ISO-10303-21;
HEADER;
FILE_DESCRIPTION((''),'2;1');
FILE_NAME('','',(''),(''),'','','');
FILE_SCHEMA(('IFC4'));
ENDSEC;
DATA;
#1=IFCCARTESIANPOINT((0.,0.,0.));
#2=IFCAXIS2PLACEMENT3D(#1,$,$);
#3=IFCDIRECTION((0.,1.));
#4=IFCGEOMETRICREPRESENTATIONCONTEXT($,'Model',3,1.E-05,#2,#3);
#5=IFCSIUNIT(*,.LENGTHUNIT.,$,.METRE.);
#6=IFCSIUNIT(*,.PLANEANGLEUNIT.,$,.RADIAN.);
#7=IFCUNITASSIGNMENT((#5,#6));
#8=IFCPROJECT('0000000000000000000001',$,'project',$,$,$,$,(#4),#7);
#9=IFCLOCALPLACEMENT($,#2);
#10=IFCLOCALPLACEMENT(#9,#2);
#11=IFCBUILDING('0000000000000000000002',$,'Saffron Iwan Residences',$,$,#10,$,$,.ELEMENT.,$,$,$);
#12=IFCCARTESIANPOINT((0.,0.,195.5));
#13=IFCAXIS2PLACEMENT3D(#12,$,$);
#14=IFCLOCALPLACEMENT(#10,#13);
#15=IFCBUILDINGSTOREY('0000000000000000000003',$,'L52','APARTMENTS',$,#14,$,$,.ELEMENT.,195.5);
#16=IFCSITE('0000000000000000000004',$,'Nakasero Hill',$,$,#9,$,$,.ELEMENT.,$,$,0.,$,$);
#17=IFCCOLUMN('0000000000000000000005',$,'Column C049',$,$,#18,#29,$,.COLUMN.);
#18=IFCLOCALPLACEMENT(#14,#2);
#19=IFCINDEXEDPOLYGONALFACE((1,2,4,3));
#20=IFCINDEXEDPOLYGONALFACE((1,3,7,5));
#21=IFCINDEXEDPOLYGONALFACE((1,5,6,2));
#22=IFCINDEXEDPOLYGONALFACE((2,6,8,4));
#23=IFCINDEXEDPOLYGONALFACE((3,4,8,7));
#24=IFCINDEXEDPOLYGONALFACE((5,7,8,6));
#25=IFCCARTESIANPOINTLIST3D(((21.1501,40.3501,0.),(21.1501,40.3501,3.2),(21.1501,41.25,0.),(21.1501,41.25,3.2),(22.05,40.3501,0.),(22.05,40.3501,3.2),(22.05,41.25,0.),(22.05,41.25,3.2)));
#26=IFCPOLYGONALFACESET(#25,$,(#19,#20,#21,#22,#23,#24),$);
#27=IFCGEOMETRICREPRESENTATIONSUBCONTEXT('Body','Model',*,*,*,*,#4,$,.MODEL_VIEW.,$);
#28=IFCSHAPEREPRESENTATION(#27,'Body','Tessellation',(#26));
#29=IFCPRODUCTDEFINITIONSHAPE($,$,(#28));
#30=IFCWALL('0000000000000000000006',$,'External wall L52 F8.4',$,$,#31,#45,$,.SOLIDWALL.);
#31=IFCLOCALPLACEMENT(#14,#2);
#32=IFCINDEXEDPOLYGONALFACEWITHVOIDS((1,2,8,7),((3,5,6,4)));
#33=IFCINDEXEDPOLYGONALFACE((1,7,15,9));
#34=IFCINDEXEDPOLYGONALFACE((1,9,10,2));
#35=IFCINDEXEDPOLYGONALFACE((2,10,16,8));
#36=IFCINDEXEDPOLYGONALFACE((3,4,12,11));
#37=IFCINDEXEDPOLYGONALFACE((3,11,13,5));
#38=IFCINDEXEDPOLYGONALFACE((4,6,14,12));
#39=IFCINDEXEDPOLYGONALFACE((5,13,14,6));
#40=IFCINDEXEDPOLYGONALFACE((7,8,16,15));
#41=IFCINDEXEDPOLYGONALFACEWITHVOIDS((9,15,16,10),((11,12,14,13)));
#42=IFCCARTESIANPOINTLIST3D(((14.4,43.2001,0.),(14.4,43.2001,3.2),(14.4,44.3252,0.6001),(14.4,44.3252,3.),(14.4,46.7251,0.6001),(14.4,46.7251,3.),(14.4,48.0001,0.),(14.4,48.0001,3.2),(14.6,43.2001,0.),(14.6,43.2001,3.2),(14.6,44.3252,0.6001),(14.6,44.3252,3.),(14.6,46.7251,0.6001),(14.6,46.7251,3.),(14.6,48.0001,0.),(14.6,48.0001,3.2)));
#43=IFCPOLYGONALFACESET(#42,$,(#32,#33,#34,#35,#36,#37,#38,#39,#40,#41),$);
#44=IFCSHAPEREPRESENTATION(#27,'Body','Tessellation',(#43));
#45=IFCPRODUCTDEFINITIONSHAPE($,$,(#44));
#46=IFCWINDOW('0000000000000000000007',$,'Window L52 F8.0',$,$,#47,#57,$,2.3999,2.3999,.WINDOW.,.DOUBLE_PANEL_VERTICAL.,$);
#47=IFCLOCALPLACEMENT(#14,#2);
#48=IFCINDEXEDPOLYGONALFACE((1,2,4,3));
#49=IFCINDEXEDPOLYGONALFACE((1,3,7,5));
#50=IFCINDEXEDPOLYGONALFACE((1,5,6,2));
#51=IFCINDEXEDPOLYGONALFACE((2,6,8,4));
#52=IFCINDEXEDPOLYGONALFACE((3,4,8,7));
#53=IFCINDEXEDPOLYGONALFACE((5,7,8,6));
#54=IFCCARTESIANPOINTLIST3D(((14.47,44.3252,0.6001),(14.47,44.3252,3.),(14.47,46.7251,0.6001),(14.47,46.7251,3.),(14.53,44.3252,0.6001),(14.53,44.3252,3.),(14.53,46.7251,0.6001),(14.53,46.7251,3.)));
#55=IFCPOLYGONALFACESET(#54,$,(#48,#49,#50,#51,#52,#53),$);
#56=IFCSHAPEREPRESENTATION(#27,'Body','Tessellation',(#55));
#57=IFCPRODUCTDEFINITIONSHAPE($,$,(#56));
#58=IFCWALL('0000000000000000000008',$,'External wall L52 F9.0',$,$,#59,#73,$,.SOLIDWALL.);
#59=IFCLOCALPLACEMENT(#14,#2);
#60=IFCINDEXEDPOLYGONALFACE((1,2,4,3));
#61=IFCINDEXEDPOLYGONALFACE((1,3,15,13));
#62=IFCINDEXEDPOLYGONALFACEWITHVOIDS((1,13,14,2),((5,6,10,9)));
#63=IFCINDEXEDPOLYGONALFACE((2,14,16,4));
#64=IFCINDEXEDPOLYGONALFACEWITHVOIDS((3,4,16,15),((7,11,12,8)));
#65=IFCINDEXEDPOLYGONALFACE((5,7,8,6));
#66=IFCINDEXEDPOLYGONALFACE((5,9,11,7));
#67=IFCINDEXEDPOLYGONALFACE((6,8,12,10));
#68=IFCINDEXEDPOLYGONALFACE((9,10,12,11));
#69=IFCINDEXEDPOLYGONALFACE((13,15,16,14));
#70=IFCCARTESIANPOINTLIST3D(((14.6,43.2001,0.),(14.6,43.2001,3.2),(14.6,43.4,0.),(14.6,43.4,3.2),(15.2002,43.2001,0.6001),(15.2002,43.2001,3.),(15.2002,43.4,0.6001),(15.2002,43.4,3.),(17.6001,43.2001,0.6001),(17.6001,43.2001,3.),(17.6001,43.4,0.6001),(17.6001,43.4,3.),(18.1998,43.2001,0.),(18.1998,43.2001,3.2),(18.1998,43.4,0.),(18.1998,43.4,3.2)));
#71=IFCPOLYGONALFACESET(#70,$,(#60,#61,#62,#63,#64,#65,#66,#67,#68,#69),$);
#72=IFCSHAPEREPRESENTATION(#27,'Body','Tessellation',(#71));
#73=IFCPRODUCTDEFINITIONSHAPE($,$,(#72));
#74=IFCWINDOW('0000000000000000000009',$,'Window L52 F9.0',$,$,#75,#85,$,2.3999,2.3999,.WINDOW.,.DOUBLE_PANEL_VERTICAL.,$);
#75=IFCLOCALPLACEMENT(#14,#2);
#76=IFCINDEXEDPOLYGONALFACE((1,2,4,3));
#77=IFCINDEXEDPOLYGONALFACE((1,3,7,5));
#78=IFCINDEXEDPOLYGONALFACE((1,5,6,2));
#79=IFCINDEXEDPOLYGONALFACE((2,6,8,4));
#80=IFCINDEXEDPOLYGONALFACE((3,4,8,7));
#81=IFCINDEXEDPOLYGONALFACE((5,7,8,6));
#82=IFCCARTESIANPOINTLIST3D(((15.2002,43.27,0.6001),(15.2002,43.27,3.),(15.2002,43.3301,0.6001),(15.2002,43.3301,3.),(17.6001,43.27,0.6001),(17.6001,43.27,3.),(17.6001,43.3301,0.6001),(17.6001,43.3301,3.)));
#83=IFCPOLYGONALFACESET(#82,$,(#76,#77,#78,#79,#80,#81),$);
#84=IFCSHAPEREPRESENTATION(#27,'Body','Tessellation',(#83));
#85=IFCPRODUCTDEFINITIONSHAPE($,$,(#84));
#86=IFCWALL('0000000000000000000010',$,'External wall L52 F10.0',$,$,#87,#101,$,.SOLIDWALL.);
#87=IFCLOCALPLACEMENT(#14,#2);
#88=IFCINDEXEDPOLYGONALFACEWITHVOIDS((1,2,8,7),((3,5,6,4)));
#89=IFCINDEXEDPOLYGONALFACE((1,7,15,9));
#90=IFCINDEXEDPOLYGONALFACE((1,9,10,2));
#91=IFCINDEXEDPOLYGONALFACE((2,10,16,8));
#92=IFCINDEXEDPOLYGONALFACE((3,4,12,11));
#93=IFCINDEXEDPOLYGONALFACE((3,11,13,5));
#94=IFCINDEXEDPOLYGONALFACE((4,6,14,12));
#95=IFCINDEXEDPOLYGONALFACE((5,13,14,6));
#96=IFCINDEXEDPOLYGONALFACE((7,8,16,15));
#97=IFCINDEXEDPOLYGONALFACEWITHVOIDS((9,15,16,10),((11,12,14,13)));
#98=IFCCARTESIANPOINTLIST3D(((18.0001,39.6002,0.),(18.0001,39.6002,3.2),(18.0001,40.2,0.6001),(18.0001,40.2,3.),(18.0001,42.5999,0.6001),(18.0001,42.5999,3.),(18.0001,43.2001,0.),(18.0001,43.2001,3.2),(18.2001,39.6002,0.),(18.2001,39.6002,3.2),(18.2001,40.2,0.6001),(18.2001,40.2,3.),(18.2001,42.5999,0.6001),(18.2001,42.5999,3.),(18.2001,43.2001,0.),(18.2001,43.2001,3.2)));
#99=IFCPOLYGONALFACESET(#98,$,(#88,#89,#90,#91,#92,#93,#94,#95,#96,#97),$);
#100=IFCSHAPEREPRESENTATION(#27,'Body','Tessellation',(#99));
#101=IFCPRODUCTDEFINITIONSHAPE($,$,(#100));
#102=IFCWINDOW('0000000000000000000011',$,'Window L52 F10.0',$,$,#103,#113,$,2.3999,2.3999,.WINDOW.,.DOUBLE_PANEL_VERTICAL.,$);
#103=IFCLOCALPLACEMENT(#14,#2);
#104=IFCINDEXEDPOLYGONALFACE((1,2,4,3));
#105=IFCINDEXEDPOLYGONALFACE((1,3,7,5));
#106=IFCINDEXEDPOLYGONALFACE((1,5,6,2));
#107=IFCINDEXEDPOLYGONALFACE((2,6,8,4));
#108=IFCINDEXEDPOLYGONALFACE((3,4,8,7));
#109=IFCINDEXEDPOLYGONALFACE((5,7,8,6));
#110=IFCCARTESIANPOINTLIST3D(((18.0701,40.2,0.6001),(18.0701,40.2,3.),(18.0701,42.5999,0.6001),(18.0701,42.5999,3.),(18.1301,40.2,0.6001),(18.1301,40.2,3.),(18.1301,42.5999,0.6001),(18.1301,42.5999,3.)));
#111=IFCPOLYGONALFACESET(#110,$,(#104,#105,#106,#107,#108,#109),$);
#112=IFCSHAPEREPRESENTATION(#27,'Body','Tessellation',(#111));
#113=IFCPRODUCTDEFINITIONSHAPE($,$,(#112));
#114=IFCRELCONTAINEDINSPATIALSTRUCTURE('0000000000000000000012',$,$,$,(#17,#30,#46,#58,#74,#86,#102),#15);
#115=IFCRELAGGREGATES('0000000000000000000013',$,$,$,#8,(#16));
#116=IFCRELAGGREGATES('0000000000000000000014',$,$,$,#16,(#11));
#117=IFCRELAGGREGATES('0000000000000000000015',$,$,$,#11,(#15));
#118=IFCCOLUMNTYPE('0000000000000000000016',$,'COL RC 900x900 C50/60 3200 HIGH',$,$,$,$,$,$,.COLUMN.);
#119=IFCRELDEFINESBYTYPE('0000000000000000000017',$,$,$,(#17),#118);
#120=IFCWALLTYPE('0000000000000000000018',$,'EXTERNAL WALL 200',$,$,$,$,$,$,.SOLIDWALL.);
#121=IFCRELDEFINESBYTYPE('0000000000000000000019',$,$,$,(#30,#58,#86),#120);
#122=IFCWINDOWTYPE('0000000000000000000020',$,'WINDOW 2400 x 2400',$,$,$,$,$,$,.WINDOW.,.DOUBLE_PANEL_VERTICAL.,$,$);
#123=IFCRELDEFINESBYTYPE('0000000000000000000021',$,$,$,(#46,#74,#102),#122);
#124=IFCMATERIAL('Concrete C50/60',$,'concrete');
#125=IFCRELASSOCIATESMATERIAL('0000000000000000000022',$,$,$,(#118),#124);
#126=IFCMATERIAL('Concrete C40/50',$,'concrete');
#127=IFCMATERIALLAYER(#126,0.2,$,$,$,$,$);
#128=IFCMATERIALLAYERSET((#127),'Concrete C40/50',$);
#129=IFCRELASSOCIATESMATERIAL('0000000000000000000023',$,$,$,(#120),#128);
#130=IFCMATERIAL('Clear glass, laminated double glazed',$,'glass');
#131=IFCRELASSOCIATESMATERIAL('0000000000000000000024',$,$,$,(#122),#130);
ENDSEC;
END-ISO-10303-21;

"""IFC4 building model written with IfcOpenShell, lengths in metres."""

from ifc_helpers import new_model, si_unit, direction, frame, frame_2d, origin, origin_2d, place, context, subcontext, project, spatial, rectangle, extrude, source, transform, mapped, material, layer, layer_set, material_profile, profile_set, type_object, element, fill, save


model = new_model("IFC4")

# Units and contexts
model_context = context("Model", 3, precision=1e-05, world=origin(), true_north=direction((0.0, 1.0)))
body_context = subcontext(model_context, "Body", "Model", "MODEL_VIEW")
ifc_project = project(units=[si_unit("LENGTHUNIT", "METRE"), si_unit("PLANEANGLEUNIT", "RADIAN")], contexts=[model_context])

# Site, building, storey
site_placement = place(None, origin())
site = spatial("IfcSite", under=ifc_project, at=site_placement, Name="Nakasero Hill", CompositionType="ELEMENT", RefElevation=0.0)
building_placement = place(site_placement, origin())
building = spatial("IfcBuilding", under=site, at=building_placement, Name="Saffron Iwan Residences", CompositionType="ELEMENT")
storey_placement = place(building_placement, frame((0.0, 0.0, 195.5)))
storey = spatial("IfcBuildingStorey", under=building, at=storey_placement, Name="L52", Description="APARTMENTS", CompositionType="ELEMENT", Elevation=195.5)

# Column
ifc_material_1 = material(Name="Concrete C50/60", Category="concrete")
ifc_material_profile = material_profile(ifc_material_1, rectangle(XDim=0.8999, YDim=0.8999, at=origin_2d()), Name="RC 900x900")
ifc_profile_set = profile_set([ifc_material_profile], Name="Concrete C50/60")
column_type = type_object("IfcColumnType", Name="COL RC 900x900 C50/60 3200 HIGH", PredefinedType="COLUMN", material=ifc_profile_set)
shared_shape = source(origin(), body_context, "Body", "SweptSolid", [
    extrude(rectangle(XDim=0.8999, YDim=0.8999, at=origin_2d()), origin(), (0.0, 0.0, 1.0), 3.2),
])
column_placement = place(storey_placement, frame((21.6001, 40.8, 0.0), z_axis=(0.0, 0.0, 1.0), x_axis=(1.0, 0.0, 0.0)))
element("IfcColumn", 1, at=column_placement, inside=storey, type_object=column_type, Name="Column C049", PredefinedType="COLUMN", context=body_context, shape_type="MappedRepresentation", body=[
    mapped(shared_shape, transform((0.0, 0.0, 0.0))),
])

# Walls, openings, windows
ifc_material_2 = material(Name="Concrete C40/50", Category="concrete")
ifc_layer_1 = layer(ifc_material_2, 0.2)
ifc_layer_set_1 = layer_set([ifc_layer_1], Name="Concrete C40/50")
wall_type_1 = type_object("IfcWallType", Name="EXTERNAL WALL 200", PredefinedType="SOLIDWALL", material=ifc_layer_set_1)
wall_1_placement = place(storey_placement, frame((14.5, 48.0, 0.0), z_axis=(0.0, 0.0, 1.0), x_axis=(0.0, -1.0, 0.0)))
wall_1 = element("IfcWall", 2, at=wall_1_placement, inside=storey, type_object=wall_type_1, Name="External wall L52 F8.4", PredefinedType="SOLIDWALL", context=body_context, shape_type="SweptSolid", body=[
    extrude(rectangle(XDim=4.8, YDim=0.2, at=frame_2d((2.3999, 0.0))), origin(), (0.0, 0.0, 1.0), 3.2),
])
opening_1_placement = place(wall_1_placement, frame((1.2749, 0.0, 0.6001)))
opening_1 = element("IfcOpeningElement", 3, at=opening_1_placement, cuts=wall_1, PredefinedType="OPENING", context=body_context, shape_type="SweptSolid", body=[
    extrude(rectangle(XDim=2.3999, YDim=2.3999, at=frame_2d((1.2, 1.2))), frame((0.0, 0.1099, 0.0), z_axis=(0.0, -1.0, 0.0), x_axis=(1.0, 0.0, 0.0)), (0.0, 0.0, 1.0), 0.22),
])
ifc_material_3 = material(Name="Clear glass, laminated double glazed", Category="glass")
window_type_1 = type_object("IfcWindowType", Name="WINDOW 2400 x 2400", PartitioningType="DOUBLE_PANEL_VERTICAL", PredefinedType="WINDOW", material=ifc_material_3)
window_1_placement = place(opening_1_placement, origin())
window_1 = element("IfcWindow", 4, at=window_1_placement, inside=storey, type_object=window_type_1, Name="Window L52 F8.0", OverallHeight=2.3999, OverallWidth=2.3999, PartitioningType="DOUBLE_PANEL_VERTICAL", PredefinedType="WINDOW", context=body_context, shape_type="SweptSolid", body=[
    extrude(rectangle(XDim=2.3999, YDim=2.3999, at=frame_2d((1.2, 1.2))), frame((0.0, 0.03, 0.0), z_axis=(0.0, -1.0, 0.0), x_axis=(1.0, 0.0, 0.0)), (0.0, 0.0, 1.0), 0.0601),
])
fill(opening_1, window_1)
wall_2_placement = place(storey_placement, frame((14.6001, 43.3, 0.0), z_axis=(0.0, 0.0, 1.0), x_axis=(1.0, 0.0, 0.0)))
wall_2 = element("IfcWall", 5, at=wall_2_placement, inside=storey, type_object=wall_type_1, Name="External wall L52 F9.0", PredefinedType="SOLIDWALL", context=body_context, shape_type="SweptSolid", body=[
    extrude(rectangle(XDim=3.5999, YDim=0.2, at=frame_2d((1.7998, 0.0))), origin(), (0.0, 0.0, 1.0), 3.2),
])
opening_2_placement = place(wall_2_placement, frame((0.6001, 0.0, 0.6001)))
opening_2 = element("IfcOpeningElement", 6, at=opening_2_placement, cuts=wall_2, PredefinedType="OPENING", context=body_context, shape_type="SweptSolid", body=[
    extrude(rectangle(XDim=2.3999, YDim=2.3999, at=frame_2d((1.2, 1.2))), frame((0.0, 0.1099, 0.0), z_axis=(0.0, -1.0, 0.0), x_axis=(1.0, 0.0, 0.0)), (0.0, 0.0, 1.0), 0.22),
])
window_2_placement = place(opening_2_placement, origin())
window_2 = element("IfcWindow", 7, at=window_2_placement, inside=storey, type_object=window_type_1, Name="Window L52 F9.0", OverallHeight=2.3999, OverallWidth=2.3999, PartitioningType="DOUBLE_PANEL_VERTICAL", PredefinedType="WINDOW", context=body_context, shape_type="SweptSolid", body=[
    extrude(rectangle(XDim=2.3999, YDim=2.3999, at=frame_2d((1.2, 1.2))), frame((0.0, 0.03, 0.0), z_axis=(0.0, -1.0, 0.0), x_axis=(1.0, 0.0, 0.0)), (0.0, 0.0, 1.0), 0.0601),
])
fill(opening_2, window_2)
wall_3_placement = place(storey_placement, frame((18.1001, 43.2, 0.0), z_axis=(0.0, 0.0, 1.0), x_axis=(0.0, -1.0, 0.0)))
wall_3 = element("IfcWall", 8, at=wall_3_placement, inside=storey, type_object=wall_type_1, Name="External wall L52 F10.0", PredefinedType="SOLIDWALL", context=body_context, shape_type="SweptSolid", body=[
    extrude(rectangle(XDim=3.5999, YDim=0.2, at=frame_2d((1.7998, 0.0))), origin(), (0.0, 0.0, 1.0), 3.2),
])
opening_3_placement = place(wall_3_placement, frame((0.6001, 0.0, 0.6001)))
opening_3 = element("IfcOpeningElement", 9, at=opening_3_placement, cuts=wall_3, PredefinedType="OPENING", context=body_context, shape_type="SweptSolid", body=[
    extrude(rectangle(XDim=2.3999, YDim=2.3999, at=frame_2d((1.2, 1.2))), frame((0.0, 0.1099, 0.0), z_axis=(0.0, -1.0, 0.0), x_axis=(1.0, 0.0, 0.0)), (0.0, 0.0, 1.0), 0.22),
])
window_3_placement = place(opening_3_placement, origin())
window_3 = element("IfcWindow", 10, at=window_3_placement, inside=storey, type_object=window_type_1, Name="Window L52 F10.0", OverallHeight=2.3999, OverallWidth=2.3999, PartitioningType="DOUBLE_PANEL_VERTICAL", PredefinedType="WINDOW", context=body_context, shape_type="SweptSolid", body=[
    extrude(rectangle(XDim=2.3999, YDim=2.3999, at=frame_2d((1.2, 1.2))), frame((0.0, 0.03, 0.0), z_axis=(0.0, -1.0, 0.0), x_axis=(1.0, 0.0, 0.0)), (0.0, 0.0, 1.0), 0.0601),
])
fill(opening_3, window_3)

save(model, "model.ifc")
